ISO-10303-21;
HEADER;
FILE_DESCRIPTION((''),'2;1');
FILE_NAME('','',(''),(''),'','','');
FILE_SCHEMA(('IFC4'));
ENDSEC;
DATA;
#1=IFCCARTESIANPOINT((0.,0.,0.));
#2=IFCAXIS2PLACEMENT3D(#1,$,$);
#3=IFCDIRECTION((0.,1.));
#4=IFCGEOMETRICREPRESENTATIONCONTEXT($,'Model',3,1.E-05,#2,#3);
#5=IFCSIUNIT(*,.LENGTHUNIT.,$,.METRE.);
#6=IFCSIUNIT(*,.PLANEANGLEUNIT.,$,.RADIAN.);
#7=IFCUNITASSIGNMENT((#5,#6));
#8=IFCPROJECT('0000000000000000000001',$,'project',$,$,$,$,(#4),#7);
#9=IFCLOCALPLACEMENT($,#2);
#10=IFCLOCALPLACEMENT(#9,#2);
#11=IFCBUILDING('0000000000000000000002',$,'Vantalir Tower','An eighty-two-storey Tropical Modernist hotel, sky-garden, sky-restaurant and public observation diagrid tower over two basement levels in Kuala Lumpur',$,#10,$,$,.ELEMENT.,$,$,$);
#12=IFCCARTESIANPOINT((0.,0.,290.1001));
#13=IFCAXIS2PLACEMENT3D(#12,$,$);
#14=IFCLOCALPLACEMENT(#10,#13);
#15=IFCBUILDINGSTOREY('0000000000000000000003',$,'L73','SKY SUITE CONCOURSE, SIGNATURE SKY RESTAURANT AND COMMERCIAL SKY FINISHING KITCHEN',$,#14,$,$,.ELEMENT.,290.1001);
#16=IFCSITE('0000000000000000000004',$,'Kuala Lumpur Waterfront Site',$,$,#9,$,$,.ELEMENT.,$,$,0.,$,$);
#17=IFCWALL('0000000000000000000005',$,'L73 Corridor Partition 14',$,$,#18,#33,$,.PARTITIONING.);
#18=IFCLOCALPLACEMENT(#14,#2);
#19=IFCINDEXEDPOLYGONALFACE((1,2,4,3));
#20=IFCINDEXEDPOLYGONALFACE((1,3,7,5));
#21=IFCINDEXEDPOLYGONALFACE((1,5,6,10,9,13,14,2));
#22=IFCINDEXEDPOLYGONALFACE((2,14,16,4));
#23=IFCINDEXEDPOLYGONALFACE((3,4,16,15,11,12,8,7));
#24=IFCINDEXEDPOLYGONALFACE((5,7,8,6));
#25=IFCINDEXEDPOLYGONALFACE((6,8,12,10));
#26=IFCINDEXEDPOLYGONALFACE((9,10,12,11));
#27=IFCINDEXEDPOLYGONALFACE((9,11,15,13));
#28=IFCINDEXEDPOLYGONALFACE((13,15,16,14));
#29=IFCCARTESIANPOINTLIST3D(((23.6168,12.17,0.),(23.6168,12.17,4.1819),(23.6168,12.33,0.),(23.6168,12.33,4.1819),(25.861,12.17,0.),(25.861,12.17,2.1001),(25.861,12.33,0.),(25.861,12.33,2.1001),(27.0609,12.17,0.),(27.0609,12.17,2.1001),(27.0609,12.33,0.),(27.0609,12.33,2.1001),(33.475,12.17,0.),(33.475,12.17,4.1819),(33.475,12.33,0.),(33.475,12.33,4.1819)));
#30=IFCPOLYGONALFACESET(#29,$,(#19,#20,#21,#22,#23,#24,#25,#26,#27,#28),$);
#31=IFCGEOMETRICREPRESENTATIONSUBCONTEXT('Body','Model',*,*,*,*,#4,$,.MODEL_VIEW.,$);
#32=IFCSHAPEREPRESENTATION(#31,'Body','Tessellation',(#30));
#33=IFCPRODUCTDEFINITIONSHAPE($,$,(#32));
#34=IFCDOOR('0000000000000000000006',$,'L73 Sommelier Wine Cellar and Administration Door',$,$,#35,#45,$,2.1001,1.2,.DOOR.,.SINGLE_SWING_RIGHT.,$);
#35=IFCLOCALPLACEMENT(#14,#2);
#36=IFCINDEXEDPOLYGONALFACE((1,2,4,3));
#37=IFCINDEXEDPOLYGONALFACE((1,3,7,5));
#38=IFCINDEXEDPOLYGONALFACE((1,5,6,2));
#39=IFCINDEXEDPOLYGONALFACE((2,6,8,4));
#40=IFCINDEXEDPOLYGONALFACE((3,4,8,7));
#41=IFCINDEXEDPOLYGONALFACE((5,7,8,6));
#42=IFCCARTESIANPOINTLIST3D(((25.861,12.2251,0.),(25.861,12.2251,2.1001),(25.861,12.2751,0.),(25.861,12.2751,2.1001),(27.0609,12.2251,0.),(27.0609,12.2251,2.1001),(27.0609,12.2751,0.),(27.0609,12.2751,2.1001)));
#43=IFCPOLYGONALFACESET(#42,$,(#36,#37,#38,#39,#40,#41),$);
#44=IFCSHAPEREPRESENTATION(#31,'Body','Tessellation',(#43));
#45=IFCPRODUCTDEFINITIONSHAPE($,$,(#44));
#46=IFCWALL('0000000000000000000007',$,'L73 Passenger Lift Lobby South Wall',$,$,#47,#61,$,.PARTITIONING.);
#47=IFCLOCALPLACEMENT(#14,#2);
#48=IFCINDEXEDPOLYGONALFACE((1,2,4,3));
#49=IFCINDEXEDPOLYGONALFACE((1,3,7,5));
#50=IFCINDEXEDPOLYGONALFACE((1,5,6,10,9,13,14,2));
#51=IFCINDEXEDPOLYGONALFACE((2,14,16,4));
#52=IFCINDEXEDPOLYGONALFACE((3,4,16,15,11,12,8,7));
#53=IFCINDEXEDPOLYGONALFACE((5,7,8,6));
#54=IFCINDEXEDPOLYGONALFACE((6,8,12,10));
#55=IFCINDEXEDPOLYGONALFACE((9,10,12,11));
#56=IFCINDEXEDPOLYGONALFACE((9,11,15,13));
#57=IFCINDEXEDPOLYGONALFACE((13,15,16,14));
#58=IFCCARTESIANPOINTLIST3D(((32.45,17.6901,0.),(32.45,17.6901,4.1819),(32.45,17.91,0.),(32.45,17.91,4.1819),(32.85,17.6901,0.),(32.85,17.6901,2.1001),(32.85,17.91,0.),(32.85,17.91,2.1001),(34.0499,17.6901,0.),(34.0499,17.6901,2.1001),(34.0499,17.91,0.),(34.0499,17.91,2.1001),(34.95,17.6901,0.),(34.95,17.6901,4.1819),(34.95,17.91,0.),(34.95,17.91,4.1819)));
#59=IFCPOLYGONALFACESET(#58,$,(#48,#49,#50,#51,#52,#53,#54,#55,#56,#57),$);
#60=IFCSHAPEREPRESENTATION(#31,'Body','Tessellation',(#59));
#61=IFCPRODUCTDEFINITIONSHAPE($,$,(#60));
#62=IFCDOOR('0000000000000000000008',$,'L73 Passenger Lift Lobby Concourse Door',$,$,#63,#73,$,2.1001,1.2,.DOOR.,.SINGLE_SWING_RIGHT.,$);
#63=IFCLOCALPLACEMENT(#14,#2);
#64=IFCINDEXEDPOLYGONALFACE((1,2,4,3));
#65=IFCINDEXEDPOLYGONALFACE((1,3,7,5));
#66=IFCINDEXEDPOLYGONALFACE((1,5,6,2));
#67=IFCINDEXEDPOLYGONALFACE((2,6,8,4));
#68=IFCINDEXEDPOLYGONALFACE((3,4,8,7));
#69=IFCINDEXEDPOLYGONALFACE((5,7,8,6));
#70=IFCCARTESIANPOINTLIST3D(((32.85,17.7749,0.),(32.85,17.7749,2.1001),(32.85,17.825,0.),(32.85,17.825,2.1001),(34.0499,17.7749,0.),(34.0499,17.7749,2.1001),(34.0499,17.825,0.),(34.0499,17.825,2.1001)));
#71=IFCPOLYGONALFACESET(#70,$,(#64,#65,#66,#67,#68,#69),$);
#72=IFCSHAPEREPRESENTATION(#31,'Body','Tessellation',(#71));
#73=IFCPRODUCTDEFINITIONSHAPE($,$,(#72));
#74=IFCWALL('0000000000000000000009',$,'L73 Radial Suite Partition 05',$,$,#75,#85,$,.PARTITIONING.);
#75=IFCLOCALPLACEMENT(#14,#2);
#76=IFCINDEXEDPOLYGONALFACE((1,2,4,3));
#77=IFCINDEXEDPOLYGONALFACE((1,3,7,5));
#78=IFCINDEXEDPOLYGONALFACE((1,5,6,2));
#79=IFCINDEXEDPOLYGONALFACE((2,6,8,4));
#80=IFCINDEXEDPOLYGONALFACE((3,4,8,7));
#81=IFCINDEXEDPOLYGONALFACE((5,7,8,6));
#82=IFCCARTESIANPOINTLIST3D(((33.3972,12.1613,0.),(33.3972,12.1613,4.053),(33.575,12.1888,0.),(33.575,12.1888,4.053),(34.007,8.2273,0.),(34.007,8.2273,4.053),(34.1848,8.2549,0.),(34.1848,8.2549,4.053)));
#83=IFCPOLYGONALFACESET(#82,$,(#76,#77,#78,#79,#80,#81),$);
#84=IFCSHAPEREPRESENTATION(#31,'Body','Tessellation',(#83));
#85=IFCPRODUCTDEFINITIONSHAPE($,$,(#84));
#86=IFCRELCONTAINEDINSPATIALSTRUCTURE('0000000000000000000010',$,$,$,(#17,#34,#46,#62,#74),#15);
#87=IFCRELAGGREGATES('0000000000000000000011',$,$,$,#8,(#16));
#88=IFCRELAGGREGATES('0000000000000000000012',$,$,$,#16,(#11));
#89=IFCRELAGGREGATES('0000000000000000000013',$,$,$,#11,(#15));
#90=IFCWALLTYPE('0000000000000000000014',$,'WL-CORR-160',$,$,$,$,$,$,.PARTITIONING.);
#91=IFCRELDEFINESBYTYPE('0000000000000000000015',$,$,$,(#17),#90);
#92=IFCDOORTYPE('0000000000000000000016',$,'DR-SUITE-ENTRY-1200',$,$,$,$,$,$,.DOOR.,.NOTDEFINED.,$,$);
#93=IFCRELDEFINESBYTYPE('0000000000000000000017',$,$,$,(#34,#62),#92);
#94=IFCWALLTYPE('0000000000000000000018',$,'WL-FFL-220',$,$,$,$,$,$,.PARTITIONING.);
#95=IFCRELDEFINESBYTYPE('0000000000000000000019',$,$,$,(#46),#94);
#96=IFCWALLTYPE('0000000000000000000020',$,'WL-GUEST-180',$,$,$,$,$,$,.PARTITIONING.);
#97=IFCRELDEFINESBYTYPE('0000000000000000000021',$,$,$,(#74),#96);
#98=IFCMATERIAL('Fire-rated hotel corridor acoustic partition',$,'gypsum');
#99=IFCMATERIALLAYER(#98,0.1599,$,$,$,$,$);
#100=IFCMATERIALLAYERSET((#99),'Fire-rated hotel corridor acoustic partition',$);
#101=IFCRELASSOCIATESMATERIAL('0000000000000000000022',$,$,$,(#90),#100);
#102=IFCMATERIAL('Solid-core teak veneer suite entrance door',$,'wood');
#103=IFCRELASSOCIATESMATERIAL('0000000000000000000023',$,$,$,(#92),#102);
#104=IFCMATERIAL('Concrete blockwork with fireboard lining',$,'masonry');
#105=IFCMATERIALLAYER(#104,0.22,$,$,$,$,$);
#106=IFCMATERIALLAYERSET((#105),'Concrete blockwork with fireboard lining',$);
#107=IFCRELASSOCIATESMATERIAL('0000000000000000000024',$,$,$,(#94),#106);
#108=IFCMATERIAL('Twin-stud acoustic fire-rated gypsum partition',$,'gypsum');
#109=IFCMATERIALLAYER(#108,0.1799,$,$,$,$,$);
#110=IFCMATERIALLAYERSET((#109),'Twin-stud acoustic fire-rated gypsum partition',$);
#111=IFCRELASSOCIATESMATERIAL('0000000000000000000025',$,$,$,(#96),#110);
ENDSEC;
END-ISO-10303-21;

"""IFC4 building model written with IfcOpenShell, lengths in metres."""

from ifc_helpers import new_model, si_unit, direction, frame, frame_2d, origin, place, context, subcontext, project, spatial, rectangle, extrude, material, layer, layer_set, type_object, element, fill, save


model = new_model("IFC4")

# Units and contexts
model_context = context("Model", 3, precision=1e-05, world=origin(), true_north=direction((0.0, 1.0)))
body_context = subcontext(model_context, "Body", "Model", "MODEL_VIEW")
ifc_project = project(units=[si_unit("LENGTHUNIT", "METRE"), si_unit("PLANEANGLEUNIT", "RADIAN")], contexts=[model_context])

# Site, building, storey
site_placement = place(None, origin())
site = spatial("IfcSite", under=ifc_project, at=site_placement, Name="Kuala Lumpur Waterfront Site", CompositionType="ELEMENT", RefElevation=0.0)
building_placement = place(site_placement, origin())
building = spatial("IfcBuilding", under=site, at=building_placement, Name="Vantalir Tower", Description="An eighty-two-storey Tropical Modernist hotel, sky-garden, sky-restaurant and public observation diagrid tower over two basement levels in Kuala Lumpur", CompositionType="ELEMENT")
storey_placement = place(building_placement, frame((0.0, 0.0, 290.1001)))
storey = spatial("IfcBuildingStorey", under=building, at=storey_placement, Name="L73", Description="SKY SUITE CONCOURSE, SIGNATURE SKY RESTAURANT AND COMMERCIAL SKY FINISHING KITCHEN", CompositionType="ELEMENT", Elevation=290.1001)

# Shared definitions
ifc_material_1 = material(Name="Fire-rated hotel corridor acoustic partition", Category="gypsum")
ifc_layer_1 = layer(ifc_material_1, 0.1599)
ifc_layer_set_1 = layer_set([ifc_layer_1], Name="Fire-rated hotel corridor acoustic partition")
wall_type_1 = type_object("IfcWallType", Name="WL-CORR-160", PredefinedType="PARTITIONING", material=ifc_layer_set_1)

# Walls, openings, doors
wall_1_placement = place(storey_placement, frame((33.4751, 12.25, 0.0), z_axis=(0.0, 0.0, 1.0), x_axis=(-1.0, 0.0, 0.0)))
wall_1 = element("IfcWall", 1, at=wall_1_placement, inside=storey, type_object=wall_type_1, Name="L73 Corridor Partition 14", PredefinedType="PARTITIONING", context=body_context, shape_type="SweptSolid", body=[
    extrude(rectangle(XDim=9.8582, YDim=0.1599, at=frame_2d((4.9292, 0.0))), origin(), (0.0, 0.0, 1.0), 4.1819),
])
opening_1_placement = place(wall_1_placement, frame((6.4141, 0.0, 0.0)))
opening_1 = element("IfcOpeningElement", 2, at=opening_1_placement, cuts=wall_1, PredefinedType="OPENING", context=body_context, shape_type="SweptSolid", body=[
    extrude(rectangle(XDim=1.2, YDim=2.1001, at=frame_2d((0.6001, 1.05))), frame((0.0, 0.0898, 0.0), z_axis=(0.0, -1.0, 0.0), x_axis=(1.0, 0.0, 0.0)), (0.0, 0.0, 1.0), 0.1799),
])
ifc_material_2 = material(Name="Solid-core teak veneer suite entrance door", Category="wood")
door_type_1 = type_object("IfcDoorType", Name="DR-SUITE-ENTRY-1200", OperationType="NOTDEFINED", PredefinedType="DOOR", material=ifc_material_2)
door_1_placement = place(opening_1_placement, origin())
door_1 = element("IfcDoor", 3, at=door_1_placement, inside=storey, type_object=door_type_1, Name="L73 Sommelier Wine Cellar and Administration Door", OperationType="SINGLE_SWING_RIGHT", OverallHeight=2.1001, OverallWidth=1.2, PredefinedType="DOOR", context=body_context, shape_type="SweptSolid", body=[
    extrude(rectangle(XDim=1.2, YDim=2.1001, at=frame_2d((0.6001, 1.05))), frame((0.0, 0.0249, 0.0), z_axis=(0.0, -1.0, 0.0), x_axis=(1.0, 0.0, 0.0)), (0.0, 0.0, 1.0), 0.05),
])
fill(opening_1, door_1)
ifc_material_3 = material(Name="Concrete blockwork with fireboard lining", Category="masonry")
ifc_layer_2 = layer(ifc_material_3, 0.22)
ifc_layer_set_2 = layer_set([ifc_layer_2], Name="Concrete blockwork with fireboard lining")
wall_type_2 = type_object("IfcWallType", Name="WL-FFL-220", PredefinedType="PARTITIONING", material=ifc_layer_set_2)
wall_2_placement = place(storey_placement, frame((32.45, 17.8, 0.0), z_axis=(0.0, 0.0, 1.0), x_axis=(1.0, 0.0, 0.0)))
wall_2 = element("IfcWall", 4, at=wall_2_placement, inside=storey, type_object=wall_type_2, Name="L73 Passenger Lift Lobby South Wall", PredefinedType="PARTITIONING", context=body_context, shape_type="SweptSolid", body=[
    extrude(rectangle(XDim=2.5, YDim=0.22, at=frame_2d((1.25, 0.0))), origin(), (0.0, 0.0, 1.0), 4.1819),
])
opening_2_placement = place(wall_2_placement, frame((0.3999, 0.0, 0.0)))
opening_2 = element("IfcOpeningElement", 5, at=opening_2_placement, cuts=wall_2, PredefinedType="OPENING", context=body_context, shape_type="SweptSolid", body=[
    extrude(rectangle(XDim=1.2, YDim=2.1001, at=frame_2d((0.6001, 1.05))), frame((0.0, 0.1199, 0.0), z_axis=(0.0, -1.0, 0.0), x_axis=(1.0, 0.0, 0.0)), (0.0, 0.0, 1.0), 0.24),
])
door_2_placement = place(opening_2_placement, origin())
door_2 = element("IfcDoor", 6, at=door_2_placement, inside=storey, type_object=door_type_1, Name="L73 Passenger Lift Lobby Concourse Door", OperationType="SINGLE_SWING_RIGHT", OverallHeight=2.1001, OverallWidth=1.2, PredefinedType="DOOR", context=body_context, shape_type="SweptSolid", body=[
    extrude(rectangle(XDim=1.2, YDim=2.1001, at=frame_2d((0.6001, 1.05))), frame((0.0, 0.0249, 0.0), z_axis=(0.0, -1.0, 0.0), x_axis=(1.0, 0.0, 0.0)), (0.0, 0.0, 1.0), 0.05),
])
fill(opening_2, door_2)

# Wall
ifc_material_4 = material(Name="Twin-stud acoustic fire-rated gypsum partition", Category="gypsum")
ifc_layer_3 = layer(ifc_material_4, 0.1799)
ifc_layer_set_3 = layer_set([ifc_layer_3], Name="Twin-stud acoustic fire-rated gypsum partition")
wall_type_3 = type_object("IfcWallType", Name="WL-GUEST-180", PredefinedType="PARTITIONING", material=ifc_layer_set_3)
wall_3_placement = place(storey_placement, frame((33.4861, 12.175, 0.0), z_axis=(0.0, 0.0, 1.0), x_axis=(0.153191, -0.988197, 0.0)))
element("IfcWall", 7, at=wall_3_placement, inside=storey, type_object=wall_type_3, Name="L73 Radial Suite Partition 05", PredefinedType="PARTITIONING", context=body_context, shape_type="SweptSolid", body=[
    extrude(rectangle(XDim=3.981, YDim=0.1799, at=frame_2d((1.9905, 0.0))), origin(), (0.0, 0.0, 1.0), 4.053),
])

save(model, "model.ifc")
